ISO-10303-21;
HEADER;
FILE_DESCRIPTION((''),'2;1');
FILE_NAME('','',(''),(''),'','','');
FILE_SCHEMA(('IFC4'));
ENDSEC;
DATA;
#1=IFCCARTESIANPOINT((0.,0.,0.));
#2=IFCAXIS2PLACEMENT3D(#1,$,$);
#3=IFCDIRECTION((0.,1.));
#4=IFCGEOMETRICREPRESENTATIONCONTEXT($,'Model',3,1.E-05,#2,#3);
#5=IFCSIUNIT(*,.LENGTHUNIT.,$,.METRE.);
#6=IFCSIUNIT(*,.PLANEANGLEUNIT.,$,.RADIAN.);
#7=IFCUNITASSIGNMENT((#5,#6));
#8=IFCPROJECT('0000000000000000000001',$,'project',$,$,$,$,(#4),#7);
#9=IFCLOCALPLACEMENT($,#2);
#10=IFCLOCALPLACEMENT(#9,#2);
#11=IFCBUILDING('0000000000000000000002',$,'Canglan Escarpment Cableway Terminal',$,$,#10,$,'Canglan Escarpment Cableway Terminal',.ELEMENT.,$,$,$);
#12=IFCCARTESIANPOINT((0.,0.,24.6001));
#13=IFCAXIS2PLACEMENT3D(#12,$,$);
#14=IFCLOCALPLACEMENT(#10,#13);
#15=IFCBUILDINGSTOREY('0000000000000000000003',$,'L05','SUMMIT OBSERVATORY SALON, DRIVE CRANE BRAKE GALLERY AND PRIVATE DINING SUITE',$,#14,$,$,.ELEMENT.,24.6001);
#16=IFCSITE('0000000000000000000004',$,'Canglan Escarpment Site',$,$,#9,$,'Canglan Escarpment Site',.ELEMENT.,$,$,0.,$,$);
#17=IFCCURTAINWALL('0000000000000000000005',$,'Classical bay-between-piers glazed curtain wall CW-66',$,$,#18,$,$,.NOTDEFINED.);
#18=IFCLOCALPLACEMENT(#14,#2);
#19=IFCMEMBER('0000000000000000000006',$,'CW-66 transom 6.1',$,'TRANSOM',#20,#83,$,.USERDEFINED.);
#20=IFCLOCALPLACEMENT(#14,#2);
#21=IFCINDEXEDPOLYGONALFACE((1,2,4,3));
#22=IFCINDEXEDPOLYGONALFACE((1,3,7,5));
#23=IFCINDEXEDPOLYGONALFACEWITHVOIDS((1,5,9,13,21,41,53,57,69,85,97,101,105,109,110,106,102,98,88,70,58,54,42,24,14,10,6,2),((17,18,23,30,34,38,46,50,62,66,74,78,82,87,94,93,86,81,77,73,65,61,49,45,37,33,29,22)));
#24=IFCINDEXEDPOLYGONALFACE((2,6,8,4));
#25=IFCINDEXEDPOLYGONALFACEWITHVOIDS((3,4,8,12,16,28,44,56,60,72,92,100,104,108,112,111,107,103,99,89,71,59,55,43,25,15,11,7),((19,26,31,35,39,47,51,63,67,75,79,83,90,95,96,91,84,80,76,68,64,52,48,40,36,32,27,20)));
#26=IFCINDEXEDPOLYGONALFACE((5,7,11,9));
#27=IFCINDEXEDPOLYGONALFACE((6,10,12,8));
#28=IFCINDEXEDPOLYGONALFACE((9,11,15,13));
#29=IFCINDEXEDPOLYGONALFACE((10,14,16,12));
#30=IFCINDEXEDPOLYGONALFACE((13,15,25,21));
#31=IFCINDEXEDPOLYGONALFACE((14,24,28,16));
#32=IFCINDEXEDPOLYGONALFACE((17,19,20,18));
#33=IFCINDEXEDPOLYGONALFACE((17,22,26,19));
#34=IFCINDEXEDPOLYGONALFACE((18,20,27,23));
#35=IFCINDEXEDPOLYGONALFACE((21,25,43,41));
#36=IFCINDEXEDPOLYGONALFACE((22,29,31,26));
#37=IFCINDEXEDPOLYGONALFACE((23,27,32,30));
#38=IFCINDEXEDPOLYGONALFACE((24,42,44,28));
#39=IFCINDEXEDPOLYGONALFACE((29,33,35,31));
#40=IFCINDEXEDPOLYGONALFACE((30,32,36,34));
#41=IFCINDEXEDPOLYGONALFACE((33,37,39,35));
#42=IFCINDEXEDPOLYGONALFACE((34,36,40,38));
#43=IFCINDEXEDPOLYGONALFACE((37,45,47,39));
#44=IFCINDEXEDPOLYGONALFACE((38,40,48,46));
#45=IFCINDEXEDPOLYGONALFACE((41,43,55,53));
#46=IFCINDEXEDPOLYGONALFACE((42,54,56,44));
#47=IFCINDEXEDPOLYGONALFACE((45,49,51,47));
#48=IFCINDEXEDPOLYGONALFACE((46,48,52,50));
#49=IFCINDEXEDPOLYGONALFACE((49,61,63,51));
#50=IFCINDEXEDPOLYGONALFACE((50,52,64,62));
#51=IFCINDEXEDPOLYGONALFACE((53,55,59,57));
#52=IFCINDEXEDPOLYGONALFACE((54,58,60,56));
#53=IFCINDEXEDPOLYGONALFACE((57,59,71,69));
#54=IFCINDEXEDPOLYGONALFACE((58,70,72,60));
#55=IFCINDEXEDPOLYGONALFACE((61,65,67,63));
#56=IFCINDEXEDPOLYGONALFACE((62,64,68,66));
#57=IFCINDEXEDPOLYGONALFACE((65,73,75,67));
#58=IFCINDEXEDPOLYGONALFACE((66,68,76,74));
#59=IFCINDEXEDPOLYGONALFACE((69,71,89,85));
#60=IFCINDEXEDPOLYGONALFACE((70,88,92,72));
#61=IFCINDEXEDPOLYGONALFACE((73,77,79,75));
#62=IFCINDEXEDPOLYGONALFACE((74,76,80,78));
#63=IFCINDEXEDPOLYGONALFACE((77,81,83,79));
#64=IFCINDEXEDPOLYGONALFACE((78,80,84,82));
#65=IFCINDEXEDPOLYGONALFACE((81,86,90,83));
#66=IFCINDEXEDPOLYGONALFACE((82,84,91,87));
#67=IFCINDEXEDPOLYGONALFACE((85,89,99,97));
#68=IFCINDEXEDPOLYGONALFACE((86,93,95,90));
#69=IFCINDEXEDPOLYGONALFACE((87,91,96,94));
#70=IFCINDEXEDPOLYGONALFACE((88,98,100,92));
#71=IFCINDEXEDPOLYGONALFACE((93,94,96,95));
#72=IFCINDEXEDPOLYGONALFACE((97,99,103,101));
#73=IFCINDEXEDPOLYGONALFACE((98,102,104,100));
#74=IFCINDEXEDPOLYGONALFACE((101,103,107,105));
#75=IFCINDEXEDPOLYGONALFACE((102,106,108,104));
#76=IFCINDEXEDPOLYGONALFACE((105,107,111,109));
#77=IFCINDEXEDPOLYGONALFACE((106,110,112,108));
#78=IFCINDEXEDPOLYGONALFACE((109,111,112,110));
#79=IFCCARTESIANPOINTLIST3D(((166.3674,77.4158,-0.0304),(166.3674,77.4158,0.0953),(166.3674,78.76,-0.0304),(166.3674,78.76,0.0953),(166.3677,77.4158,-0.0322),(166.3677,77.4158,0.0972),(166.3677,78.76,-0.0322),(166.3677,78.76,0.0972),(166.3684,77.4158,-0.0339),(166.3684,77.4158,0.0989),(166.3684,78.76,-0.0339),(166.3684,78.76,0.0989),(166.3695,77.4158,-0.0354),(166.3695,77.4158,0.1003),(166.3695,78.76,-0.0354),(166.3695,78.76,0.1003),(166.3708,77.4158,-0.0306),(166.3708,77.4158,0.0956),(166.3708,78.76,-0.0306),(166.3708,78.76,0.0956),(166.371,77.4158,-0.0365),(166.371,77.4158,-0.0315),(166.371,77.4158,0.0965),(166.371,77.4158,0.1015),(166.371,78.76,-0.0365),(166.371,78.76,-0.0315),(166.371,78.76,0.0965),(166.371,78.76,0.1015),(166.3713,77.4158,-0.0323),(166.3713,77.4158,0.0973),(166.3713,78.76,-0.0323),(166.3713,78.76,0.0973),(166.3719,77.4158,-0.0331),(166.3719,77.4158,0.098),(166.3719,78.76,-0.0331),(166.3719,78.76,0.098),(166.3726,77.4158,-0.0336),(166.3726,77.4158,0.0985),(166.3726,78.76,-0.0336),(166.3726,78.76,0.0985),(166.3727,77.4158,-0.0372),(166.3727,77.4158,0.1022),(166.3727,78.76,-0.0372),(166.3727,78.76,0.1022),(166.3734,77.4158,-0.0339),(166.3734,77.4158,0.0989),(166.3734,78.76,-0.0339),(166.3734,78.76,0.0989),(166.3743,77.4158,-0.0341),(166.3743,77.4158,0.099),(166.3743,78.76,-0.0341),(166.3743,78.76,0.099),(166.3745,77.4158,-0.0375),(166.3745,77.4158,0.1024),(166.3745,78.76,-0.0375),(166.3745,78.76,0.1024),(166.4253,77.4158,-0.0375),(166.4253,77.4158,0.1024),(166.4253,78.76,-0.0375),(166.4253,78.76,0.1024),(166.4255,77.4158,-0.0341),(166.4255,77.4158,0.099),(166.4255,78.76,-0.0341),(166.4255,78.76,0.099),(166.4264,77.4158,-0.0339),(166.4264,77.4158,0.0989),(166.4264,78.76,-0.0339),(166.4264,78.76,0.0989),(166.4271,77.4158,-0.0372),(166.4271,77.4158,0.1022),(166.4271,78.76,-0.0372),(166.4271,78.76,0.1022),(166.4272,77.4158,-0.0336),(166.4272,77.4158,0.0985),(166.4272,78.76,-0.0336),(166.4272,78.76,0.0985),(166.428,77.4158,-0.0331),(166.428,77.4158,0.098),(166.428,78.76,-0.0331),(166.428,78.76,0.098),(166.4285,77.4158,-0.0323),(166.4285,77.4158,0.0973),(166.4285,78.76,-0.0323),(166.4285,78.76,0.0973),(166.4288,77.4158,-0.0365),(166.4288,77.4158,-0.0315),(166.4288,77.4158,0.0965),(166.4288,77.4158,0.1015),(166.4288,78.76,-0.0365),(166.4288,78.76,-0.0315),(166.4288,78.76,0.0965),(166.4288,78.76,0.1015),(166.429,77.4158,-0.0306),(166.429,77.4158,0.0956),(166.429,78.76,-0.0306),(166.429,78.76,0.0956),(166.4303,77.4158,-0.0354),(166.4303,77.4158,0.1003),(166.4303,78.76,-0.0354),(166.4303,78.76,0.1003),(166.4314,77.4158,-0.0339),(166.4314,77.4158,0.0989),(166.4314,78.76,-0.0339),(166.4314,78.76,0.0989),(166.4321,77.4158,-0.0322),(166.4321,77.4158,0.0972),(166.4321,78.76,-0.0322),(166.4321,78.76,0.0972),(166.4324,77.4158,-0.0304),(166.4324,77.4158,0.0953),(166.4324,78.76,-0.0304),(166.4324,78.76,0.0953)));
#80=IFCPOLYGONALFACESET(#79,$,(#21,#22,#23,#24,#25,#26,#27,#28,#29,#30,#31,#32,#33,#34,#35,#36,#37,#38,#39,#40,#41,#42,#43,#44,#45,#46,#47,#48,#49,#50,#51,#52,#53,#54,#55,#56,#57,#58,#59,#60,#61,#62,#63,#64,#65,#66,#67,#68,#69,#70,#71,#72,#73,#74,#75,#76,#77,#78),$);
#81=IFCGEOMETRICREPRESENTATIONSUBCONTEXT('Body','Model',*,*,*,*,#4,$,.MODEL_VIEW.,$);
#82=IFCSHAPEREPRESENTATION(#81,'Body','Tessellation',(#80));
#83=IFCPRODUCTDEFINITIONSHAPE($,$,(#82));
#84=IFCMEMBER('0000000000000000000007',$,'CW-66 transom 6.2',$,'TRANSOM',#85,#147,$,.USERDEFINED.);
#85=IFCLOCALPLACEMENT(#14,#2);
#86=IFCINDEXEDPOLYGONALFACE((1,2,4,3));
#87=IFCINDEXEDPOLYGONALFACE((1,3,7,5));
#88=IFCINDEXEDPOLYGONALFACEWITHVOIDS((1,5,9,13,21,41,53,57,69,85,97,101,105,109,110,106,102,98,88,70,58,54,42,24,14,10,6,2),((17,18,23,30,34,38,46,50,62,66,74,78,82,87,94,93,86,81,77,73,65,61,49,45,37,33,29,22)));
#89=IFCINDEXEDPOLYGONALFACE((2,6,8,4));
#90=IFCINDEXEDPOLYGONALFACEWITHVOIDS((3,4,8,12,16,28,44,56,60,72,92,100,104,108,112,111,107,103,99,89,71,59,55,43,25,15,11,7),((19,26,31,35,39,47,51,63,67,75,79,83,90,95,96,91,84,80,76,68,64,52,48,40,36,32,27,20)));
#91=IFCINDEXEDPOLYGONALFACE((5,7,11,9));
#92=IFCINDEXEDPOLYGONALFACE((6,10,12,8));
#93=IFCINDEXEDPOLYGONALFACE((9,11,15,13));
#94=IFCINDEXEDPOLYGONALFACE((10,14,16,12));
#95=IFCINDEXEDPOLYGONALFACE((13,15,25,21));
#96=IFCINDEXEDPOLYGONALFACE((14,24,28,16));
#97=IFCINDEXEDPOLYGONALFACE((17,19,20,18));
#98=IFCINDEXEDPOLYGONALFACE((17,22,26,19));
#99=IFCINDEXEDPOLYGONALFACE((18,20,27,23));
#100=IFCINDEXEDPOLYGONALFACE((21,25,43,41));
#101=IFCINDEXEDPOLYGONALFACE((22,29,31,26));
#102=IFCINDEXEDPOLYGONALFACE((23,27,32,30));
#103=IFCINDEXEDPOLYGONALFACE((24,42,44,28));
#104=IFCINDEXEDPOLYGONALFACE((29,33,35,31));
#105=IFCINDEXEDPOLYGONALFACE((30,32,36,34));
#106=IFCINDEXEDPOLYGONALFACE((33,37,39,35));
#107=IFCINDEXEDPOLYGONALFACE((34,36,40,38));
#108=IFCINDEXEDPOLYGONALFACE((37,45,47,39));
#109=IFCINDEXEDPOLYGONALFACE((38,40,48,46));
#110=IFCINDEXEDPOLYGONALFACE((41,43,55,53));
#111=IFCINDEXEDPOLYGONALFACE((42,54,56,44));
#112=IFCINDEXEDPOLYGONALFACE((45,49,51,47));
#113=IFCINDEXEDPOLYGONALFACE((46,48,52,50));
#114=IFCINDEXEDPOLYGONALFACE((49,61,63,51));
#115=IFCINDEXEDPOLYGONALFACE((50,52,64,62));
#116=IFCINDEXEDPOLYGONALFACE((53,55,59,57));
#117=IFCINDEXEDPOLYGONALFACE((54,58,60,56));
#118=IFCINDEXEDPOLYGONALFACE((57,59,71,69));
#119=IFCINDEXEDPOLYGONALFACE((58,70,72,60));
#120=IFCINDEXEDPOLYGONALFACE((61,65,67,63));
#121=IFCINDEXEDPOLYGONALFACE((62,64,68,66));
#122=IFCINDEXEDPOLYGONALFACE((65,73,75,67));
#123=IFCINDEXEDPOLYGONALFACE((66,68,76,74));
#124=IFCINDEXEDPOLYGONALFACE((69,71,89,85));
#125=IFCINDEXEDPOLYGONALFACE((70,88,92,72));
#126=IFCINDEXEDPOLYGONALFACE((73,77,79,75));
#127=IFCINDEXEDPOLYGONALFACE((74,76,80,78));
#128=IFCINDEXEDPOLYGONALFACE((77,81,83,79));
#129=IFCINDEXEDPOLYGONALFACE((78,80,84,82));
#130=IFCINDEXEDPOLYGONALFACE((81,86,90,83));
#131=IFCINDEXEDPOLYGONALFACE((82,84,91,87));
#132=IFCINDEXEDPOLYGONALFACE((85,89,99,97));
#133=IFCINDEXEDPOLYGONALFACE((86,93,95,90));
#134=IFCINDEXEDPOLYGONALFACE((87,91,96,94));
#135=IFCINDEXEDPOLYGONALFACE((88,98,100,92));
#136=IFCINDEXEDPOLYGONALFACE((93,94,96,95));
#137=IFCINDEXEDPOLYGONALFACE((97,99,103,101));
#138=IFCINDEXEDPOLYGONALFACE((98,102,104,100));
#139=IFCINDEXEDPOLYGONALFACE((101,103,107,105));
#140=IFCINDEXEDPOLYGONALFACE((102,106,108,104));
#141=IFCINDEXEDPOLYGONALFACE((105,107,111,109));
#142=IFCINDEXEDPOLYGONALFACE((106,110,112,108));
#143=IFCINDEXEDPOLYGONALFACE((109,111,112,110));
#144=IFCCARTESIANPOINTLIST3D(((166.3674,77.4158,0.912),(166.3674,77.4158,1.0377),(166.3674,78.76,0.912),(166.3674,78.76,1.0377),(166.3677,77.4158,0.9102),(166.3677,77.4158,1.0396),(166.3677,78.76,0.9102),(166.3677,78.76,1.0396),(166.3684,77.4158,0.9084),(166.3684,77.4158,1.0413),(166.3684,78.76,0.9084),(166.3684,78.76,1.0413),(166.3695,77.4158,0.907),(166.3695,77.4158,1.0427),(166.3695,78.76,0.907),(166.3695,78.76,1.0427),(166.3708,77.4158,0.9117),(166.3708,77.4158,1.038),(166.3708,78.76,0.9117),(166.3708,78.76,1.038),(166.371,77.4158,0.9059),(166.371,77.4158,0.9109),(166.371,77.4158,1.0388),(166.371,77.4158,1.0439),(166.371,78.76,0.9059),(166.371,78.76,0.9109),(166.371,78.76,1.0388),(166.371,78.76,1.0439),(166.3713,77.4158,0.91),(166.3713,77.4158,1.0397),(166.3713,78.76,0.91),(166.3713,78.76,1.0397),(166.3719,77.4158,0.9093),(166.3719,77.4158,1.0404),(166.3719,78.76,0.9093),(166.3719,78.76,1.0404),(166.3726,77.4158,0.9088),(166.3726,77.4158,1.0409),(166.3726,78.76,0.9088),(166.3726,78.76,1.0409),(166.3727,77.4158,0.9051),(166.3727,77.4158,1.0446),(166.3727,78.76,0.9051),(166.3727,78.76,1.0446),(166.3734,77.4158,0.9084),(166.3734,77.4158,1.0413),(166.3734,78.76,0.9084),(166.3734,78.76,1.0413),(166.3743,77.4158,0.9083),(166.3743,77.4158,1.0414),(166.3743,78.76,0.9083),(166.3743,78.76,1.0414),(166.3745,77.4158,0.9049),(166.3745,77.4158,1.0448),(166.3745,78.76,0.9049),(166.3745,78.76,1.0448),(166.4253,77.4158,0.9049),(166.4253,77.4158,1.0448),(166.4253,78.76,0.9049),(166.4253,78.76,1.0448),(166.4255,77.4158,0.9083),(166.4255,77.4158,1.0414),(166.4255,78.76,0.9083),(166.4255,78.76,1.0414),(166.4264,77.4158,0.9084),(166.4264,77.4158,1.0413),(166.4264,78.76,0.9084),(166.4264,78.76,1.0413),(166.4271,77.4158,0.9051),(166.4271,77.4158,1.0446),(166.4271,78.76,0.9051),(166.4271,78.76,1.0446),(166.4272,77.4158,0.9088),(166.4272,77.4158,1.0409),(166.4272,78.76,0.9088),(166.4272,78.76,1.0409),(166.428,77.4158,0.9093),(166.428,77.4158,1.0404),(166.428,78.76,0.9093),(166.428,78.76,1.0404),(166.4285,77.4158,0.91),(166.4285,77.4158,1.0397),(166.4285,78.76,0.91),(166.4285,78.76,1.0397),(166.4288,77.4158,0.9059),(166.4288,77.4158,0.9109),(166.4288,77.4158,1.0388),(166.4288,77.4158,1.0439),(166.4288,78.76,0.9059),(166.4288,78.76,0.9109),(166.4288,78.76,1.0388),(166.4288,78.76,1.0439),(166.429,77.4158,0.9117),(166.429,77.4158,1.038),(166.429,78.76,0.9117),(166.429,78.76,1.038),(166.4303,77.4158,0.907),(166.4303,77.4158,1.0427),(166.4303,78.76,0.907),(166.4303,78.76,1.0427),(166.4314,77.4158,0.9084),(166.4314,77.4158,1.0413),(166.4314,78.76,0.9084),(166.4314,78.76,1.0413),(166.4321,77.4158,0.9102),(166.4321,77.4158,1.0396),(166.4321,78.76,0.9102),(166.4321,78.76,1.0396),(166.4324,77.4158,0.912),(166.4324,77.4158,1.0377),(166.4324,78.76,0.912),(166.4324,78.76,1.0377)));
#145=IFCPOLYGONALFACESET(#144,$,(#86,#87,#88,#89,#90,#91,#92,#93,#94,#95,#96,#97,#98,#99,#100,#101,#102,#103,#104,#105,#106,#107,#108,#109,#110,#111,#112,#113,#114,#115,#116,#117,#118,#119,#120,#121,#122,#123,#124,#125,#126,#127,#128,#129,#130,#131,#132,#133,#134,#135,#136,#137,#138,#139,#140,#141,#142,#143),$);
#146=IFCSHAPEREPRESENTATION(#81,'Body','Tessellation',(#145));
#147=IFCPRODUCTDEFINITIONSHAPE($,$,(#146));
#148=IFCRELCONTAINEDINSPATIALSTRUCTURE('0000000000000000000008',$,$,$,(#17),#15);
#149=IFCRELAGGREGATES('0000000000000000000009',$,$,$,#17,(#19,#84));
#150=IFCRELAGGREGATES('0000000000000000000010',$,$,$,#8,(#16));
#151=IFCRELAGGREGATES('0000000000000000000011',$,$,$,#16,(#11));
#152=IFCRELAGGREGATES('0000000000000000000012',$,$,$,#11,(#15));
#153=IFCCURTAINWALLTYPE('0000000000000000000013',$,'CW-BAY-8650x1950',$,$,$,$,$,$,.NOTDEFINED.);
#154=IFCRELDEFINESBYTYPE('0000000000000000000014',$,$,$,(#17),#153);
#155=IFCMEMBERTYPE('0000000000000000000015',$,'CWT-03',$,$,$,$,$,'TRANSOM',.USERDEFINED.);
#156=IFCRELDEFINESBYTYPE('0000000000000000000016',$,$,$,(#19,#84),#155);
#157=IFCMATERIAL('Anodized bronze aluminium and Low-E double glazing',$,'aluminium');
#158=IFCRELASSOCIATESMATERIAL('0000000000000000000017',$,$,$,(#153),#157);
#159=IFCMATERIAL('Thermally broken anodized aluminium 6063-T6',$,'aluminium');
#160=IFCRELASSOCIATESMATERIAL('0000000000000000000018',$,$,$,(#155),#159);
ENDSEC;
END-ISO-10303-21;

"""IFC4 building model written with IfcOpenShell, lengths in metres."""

from ifc_helpers import new_model, si_unit, direction, frame, origin, origin_2d, place, context, subcontext, project, spatial, hollow_rectangle, extrude, material, material_profile, profile_set, type_object, element, aggregate, save


model = new_model("IFC4")

# Units and contexts
model_context = context("Model", 3, precision=1e-05, world=origin(), true_north=direction((0.0, 1.0)))
body_context = subcontext(model_context, "Body", "Model", "MODEL_VIEW")
ifc_project = project(units=[si_unit("LENGTHUNIT", "METRE"), si_unit("PLANEANGLEUNIT", "RADIAN")], contexts=[model_context])

# Site, building, storey
site_placement = place(None, origin())
site = spatial("IfcSite", under=ifc_project, at=site_placement, Name="Canglan Escarpment Site", LongName="Canglan Escarpment Site", CompositionType="ELEMENT", RefElevation=0.0)
building_placement = place(site_placement, origin())
building = spatial("IfcBuilding", under=site, at=building_placement, Name="Canglan Escarpment Cableway Terminal", LongName="Canglan Escarpment Cableway Terminal", CompositionType="ELEMENT")
storey_placement = place(building_placement, frame((0.0, 0.0, 24.6001)))
storey = spatial("IfcBuildingStorey", under=building, at=storey_placement, Name="L05", Description="SUMMIT OBSERVATORY SALON, DRIVE CRANE BRAKE GALLERY AND PRIVATE DINING SUITE", CompositionType="ELEMENT", Elevation=24.6001)

# Curtain wall
ifc_material_1 = material(Name="Anodized bronze aluminium and Low-E double glazing", Category="aluminium")
curtain_wall_type = type_object("IfcCurtainWallType", Name="CW-BAY-8650x1950", PredefinedType="NOTDEFINED", material=ifc_material_1)
ifc_material_2 = material(Name="Thermally broken anodized aluminium 6063-T6", Category="aluminium")
curtain_wall_1_placement = place(storey_placement, origin())
curtain_wall_1 = element("IfcCurtainWall", 1, at=curtain_wall_1_placement, inside=storey, type_object=curtain_wall_type, Name="Classical bay-between-piers glazed curtain wall CW-66", PredefinedType="NOTDEFINED")

# Members
ifc_material_profile_1 = material_profile(ifc_material_2, hollow_rectangle(XDim=0.0649, YDim=0.1399, WallThickness=0.0034, InnerFilletRadius=0.0034, OuterFilletRadius=0.0071, at=origin_2d()), Name="ALU-TRAN 65x140x3.5")
ifc_profile_set_1 = profile_set([ifc_material_profile_1], Name="Thermally broken anodized aluminium 6063-T6")
member_type_1 = type_object("IfcMemberType", Name="CWT-03", ElementType="TRANSOM", PredefinedType="USERDEFINED", material=ifc_profile_set_1)
member_1_placement = place(storey_placement, frame((166.3999, 77.4158, 0.0325), z_axis=(0.0, 1.0, 0.0), x_axis=(-1.0, 0.0, 0.0)))
member_1 = element("IfcMember", 2, at=member_1_placement, type_object=member_type_1, Name="CW-66 transom 6.1", ObjectType="TRANSOM", PredefinedType="USERDEFINED", context=body_context, shape_type="SweptSolid", body=[
    extrude(hollow_rectangle(XDim=0.0649, YDim=0.1399, WallThickness=0.0034, InnerFilletRadius=0.0034, OuterFilletRadius=0.0071, at=origin_2d()), origin(), (0.0, 0.0, 1.0), 1.3442),
])
member_2_placement = place(storey_placement, frame((166.3999, 77.4158, 0.9749), z_axis=(0.0, 1.0, 0.0), x_axis=(-1.0, 0.0, 0.0)))
member_2 = element("IfcMember", 3, at=member_2_placement, type_object=member_type_1, Name="CW-66 transom 6.2", ObjectType="TRANSOM", PredefinedType="USERDEFINED", context=body_context, shape_type="SweptSolid", body=[
    extrude(hollow_rectangle(XDim=0.0649, YDim=0.1399, WallThickness=0.0034, InnerFilletRadius=0.0034, OuterFilletRadius=0.0071, at=origin_2d()), origin(), (0.0, 0.0, 1.0), 1.3442),
])

aggregate(curtain_wall_1, [member_1, member_2])

save(model, "model.ifc")
